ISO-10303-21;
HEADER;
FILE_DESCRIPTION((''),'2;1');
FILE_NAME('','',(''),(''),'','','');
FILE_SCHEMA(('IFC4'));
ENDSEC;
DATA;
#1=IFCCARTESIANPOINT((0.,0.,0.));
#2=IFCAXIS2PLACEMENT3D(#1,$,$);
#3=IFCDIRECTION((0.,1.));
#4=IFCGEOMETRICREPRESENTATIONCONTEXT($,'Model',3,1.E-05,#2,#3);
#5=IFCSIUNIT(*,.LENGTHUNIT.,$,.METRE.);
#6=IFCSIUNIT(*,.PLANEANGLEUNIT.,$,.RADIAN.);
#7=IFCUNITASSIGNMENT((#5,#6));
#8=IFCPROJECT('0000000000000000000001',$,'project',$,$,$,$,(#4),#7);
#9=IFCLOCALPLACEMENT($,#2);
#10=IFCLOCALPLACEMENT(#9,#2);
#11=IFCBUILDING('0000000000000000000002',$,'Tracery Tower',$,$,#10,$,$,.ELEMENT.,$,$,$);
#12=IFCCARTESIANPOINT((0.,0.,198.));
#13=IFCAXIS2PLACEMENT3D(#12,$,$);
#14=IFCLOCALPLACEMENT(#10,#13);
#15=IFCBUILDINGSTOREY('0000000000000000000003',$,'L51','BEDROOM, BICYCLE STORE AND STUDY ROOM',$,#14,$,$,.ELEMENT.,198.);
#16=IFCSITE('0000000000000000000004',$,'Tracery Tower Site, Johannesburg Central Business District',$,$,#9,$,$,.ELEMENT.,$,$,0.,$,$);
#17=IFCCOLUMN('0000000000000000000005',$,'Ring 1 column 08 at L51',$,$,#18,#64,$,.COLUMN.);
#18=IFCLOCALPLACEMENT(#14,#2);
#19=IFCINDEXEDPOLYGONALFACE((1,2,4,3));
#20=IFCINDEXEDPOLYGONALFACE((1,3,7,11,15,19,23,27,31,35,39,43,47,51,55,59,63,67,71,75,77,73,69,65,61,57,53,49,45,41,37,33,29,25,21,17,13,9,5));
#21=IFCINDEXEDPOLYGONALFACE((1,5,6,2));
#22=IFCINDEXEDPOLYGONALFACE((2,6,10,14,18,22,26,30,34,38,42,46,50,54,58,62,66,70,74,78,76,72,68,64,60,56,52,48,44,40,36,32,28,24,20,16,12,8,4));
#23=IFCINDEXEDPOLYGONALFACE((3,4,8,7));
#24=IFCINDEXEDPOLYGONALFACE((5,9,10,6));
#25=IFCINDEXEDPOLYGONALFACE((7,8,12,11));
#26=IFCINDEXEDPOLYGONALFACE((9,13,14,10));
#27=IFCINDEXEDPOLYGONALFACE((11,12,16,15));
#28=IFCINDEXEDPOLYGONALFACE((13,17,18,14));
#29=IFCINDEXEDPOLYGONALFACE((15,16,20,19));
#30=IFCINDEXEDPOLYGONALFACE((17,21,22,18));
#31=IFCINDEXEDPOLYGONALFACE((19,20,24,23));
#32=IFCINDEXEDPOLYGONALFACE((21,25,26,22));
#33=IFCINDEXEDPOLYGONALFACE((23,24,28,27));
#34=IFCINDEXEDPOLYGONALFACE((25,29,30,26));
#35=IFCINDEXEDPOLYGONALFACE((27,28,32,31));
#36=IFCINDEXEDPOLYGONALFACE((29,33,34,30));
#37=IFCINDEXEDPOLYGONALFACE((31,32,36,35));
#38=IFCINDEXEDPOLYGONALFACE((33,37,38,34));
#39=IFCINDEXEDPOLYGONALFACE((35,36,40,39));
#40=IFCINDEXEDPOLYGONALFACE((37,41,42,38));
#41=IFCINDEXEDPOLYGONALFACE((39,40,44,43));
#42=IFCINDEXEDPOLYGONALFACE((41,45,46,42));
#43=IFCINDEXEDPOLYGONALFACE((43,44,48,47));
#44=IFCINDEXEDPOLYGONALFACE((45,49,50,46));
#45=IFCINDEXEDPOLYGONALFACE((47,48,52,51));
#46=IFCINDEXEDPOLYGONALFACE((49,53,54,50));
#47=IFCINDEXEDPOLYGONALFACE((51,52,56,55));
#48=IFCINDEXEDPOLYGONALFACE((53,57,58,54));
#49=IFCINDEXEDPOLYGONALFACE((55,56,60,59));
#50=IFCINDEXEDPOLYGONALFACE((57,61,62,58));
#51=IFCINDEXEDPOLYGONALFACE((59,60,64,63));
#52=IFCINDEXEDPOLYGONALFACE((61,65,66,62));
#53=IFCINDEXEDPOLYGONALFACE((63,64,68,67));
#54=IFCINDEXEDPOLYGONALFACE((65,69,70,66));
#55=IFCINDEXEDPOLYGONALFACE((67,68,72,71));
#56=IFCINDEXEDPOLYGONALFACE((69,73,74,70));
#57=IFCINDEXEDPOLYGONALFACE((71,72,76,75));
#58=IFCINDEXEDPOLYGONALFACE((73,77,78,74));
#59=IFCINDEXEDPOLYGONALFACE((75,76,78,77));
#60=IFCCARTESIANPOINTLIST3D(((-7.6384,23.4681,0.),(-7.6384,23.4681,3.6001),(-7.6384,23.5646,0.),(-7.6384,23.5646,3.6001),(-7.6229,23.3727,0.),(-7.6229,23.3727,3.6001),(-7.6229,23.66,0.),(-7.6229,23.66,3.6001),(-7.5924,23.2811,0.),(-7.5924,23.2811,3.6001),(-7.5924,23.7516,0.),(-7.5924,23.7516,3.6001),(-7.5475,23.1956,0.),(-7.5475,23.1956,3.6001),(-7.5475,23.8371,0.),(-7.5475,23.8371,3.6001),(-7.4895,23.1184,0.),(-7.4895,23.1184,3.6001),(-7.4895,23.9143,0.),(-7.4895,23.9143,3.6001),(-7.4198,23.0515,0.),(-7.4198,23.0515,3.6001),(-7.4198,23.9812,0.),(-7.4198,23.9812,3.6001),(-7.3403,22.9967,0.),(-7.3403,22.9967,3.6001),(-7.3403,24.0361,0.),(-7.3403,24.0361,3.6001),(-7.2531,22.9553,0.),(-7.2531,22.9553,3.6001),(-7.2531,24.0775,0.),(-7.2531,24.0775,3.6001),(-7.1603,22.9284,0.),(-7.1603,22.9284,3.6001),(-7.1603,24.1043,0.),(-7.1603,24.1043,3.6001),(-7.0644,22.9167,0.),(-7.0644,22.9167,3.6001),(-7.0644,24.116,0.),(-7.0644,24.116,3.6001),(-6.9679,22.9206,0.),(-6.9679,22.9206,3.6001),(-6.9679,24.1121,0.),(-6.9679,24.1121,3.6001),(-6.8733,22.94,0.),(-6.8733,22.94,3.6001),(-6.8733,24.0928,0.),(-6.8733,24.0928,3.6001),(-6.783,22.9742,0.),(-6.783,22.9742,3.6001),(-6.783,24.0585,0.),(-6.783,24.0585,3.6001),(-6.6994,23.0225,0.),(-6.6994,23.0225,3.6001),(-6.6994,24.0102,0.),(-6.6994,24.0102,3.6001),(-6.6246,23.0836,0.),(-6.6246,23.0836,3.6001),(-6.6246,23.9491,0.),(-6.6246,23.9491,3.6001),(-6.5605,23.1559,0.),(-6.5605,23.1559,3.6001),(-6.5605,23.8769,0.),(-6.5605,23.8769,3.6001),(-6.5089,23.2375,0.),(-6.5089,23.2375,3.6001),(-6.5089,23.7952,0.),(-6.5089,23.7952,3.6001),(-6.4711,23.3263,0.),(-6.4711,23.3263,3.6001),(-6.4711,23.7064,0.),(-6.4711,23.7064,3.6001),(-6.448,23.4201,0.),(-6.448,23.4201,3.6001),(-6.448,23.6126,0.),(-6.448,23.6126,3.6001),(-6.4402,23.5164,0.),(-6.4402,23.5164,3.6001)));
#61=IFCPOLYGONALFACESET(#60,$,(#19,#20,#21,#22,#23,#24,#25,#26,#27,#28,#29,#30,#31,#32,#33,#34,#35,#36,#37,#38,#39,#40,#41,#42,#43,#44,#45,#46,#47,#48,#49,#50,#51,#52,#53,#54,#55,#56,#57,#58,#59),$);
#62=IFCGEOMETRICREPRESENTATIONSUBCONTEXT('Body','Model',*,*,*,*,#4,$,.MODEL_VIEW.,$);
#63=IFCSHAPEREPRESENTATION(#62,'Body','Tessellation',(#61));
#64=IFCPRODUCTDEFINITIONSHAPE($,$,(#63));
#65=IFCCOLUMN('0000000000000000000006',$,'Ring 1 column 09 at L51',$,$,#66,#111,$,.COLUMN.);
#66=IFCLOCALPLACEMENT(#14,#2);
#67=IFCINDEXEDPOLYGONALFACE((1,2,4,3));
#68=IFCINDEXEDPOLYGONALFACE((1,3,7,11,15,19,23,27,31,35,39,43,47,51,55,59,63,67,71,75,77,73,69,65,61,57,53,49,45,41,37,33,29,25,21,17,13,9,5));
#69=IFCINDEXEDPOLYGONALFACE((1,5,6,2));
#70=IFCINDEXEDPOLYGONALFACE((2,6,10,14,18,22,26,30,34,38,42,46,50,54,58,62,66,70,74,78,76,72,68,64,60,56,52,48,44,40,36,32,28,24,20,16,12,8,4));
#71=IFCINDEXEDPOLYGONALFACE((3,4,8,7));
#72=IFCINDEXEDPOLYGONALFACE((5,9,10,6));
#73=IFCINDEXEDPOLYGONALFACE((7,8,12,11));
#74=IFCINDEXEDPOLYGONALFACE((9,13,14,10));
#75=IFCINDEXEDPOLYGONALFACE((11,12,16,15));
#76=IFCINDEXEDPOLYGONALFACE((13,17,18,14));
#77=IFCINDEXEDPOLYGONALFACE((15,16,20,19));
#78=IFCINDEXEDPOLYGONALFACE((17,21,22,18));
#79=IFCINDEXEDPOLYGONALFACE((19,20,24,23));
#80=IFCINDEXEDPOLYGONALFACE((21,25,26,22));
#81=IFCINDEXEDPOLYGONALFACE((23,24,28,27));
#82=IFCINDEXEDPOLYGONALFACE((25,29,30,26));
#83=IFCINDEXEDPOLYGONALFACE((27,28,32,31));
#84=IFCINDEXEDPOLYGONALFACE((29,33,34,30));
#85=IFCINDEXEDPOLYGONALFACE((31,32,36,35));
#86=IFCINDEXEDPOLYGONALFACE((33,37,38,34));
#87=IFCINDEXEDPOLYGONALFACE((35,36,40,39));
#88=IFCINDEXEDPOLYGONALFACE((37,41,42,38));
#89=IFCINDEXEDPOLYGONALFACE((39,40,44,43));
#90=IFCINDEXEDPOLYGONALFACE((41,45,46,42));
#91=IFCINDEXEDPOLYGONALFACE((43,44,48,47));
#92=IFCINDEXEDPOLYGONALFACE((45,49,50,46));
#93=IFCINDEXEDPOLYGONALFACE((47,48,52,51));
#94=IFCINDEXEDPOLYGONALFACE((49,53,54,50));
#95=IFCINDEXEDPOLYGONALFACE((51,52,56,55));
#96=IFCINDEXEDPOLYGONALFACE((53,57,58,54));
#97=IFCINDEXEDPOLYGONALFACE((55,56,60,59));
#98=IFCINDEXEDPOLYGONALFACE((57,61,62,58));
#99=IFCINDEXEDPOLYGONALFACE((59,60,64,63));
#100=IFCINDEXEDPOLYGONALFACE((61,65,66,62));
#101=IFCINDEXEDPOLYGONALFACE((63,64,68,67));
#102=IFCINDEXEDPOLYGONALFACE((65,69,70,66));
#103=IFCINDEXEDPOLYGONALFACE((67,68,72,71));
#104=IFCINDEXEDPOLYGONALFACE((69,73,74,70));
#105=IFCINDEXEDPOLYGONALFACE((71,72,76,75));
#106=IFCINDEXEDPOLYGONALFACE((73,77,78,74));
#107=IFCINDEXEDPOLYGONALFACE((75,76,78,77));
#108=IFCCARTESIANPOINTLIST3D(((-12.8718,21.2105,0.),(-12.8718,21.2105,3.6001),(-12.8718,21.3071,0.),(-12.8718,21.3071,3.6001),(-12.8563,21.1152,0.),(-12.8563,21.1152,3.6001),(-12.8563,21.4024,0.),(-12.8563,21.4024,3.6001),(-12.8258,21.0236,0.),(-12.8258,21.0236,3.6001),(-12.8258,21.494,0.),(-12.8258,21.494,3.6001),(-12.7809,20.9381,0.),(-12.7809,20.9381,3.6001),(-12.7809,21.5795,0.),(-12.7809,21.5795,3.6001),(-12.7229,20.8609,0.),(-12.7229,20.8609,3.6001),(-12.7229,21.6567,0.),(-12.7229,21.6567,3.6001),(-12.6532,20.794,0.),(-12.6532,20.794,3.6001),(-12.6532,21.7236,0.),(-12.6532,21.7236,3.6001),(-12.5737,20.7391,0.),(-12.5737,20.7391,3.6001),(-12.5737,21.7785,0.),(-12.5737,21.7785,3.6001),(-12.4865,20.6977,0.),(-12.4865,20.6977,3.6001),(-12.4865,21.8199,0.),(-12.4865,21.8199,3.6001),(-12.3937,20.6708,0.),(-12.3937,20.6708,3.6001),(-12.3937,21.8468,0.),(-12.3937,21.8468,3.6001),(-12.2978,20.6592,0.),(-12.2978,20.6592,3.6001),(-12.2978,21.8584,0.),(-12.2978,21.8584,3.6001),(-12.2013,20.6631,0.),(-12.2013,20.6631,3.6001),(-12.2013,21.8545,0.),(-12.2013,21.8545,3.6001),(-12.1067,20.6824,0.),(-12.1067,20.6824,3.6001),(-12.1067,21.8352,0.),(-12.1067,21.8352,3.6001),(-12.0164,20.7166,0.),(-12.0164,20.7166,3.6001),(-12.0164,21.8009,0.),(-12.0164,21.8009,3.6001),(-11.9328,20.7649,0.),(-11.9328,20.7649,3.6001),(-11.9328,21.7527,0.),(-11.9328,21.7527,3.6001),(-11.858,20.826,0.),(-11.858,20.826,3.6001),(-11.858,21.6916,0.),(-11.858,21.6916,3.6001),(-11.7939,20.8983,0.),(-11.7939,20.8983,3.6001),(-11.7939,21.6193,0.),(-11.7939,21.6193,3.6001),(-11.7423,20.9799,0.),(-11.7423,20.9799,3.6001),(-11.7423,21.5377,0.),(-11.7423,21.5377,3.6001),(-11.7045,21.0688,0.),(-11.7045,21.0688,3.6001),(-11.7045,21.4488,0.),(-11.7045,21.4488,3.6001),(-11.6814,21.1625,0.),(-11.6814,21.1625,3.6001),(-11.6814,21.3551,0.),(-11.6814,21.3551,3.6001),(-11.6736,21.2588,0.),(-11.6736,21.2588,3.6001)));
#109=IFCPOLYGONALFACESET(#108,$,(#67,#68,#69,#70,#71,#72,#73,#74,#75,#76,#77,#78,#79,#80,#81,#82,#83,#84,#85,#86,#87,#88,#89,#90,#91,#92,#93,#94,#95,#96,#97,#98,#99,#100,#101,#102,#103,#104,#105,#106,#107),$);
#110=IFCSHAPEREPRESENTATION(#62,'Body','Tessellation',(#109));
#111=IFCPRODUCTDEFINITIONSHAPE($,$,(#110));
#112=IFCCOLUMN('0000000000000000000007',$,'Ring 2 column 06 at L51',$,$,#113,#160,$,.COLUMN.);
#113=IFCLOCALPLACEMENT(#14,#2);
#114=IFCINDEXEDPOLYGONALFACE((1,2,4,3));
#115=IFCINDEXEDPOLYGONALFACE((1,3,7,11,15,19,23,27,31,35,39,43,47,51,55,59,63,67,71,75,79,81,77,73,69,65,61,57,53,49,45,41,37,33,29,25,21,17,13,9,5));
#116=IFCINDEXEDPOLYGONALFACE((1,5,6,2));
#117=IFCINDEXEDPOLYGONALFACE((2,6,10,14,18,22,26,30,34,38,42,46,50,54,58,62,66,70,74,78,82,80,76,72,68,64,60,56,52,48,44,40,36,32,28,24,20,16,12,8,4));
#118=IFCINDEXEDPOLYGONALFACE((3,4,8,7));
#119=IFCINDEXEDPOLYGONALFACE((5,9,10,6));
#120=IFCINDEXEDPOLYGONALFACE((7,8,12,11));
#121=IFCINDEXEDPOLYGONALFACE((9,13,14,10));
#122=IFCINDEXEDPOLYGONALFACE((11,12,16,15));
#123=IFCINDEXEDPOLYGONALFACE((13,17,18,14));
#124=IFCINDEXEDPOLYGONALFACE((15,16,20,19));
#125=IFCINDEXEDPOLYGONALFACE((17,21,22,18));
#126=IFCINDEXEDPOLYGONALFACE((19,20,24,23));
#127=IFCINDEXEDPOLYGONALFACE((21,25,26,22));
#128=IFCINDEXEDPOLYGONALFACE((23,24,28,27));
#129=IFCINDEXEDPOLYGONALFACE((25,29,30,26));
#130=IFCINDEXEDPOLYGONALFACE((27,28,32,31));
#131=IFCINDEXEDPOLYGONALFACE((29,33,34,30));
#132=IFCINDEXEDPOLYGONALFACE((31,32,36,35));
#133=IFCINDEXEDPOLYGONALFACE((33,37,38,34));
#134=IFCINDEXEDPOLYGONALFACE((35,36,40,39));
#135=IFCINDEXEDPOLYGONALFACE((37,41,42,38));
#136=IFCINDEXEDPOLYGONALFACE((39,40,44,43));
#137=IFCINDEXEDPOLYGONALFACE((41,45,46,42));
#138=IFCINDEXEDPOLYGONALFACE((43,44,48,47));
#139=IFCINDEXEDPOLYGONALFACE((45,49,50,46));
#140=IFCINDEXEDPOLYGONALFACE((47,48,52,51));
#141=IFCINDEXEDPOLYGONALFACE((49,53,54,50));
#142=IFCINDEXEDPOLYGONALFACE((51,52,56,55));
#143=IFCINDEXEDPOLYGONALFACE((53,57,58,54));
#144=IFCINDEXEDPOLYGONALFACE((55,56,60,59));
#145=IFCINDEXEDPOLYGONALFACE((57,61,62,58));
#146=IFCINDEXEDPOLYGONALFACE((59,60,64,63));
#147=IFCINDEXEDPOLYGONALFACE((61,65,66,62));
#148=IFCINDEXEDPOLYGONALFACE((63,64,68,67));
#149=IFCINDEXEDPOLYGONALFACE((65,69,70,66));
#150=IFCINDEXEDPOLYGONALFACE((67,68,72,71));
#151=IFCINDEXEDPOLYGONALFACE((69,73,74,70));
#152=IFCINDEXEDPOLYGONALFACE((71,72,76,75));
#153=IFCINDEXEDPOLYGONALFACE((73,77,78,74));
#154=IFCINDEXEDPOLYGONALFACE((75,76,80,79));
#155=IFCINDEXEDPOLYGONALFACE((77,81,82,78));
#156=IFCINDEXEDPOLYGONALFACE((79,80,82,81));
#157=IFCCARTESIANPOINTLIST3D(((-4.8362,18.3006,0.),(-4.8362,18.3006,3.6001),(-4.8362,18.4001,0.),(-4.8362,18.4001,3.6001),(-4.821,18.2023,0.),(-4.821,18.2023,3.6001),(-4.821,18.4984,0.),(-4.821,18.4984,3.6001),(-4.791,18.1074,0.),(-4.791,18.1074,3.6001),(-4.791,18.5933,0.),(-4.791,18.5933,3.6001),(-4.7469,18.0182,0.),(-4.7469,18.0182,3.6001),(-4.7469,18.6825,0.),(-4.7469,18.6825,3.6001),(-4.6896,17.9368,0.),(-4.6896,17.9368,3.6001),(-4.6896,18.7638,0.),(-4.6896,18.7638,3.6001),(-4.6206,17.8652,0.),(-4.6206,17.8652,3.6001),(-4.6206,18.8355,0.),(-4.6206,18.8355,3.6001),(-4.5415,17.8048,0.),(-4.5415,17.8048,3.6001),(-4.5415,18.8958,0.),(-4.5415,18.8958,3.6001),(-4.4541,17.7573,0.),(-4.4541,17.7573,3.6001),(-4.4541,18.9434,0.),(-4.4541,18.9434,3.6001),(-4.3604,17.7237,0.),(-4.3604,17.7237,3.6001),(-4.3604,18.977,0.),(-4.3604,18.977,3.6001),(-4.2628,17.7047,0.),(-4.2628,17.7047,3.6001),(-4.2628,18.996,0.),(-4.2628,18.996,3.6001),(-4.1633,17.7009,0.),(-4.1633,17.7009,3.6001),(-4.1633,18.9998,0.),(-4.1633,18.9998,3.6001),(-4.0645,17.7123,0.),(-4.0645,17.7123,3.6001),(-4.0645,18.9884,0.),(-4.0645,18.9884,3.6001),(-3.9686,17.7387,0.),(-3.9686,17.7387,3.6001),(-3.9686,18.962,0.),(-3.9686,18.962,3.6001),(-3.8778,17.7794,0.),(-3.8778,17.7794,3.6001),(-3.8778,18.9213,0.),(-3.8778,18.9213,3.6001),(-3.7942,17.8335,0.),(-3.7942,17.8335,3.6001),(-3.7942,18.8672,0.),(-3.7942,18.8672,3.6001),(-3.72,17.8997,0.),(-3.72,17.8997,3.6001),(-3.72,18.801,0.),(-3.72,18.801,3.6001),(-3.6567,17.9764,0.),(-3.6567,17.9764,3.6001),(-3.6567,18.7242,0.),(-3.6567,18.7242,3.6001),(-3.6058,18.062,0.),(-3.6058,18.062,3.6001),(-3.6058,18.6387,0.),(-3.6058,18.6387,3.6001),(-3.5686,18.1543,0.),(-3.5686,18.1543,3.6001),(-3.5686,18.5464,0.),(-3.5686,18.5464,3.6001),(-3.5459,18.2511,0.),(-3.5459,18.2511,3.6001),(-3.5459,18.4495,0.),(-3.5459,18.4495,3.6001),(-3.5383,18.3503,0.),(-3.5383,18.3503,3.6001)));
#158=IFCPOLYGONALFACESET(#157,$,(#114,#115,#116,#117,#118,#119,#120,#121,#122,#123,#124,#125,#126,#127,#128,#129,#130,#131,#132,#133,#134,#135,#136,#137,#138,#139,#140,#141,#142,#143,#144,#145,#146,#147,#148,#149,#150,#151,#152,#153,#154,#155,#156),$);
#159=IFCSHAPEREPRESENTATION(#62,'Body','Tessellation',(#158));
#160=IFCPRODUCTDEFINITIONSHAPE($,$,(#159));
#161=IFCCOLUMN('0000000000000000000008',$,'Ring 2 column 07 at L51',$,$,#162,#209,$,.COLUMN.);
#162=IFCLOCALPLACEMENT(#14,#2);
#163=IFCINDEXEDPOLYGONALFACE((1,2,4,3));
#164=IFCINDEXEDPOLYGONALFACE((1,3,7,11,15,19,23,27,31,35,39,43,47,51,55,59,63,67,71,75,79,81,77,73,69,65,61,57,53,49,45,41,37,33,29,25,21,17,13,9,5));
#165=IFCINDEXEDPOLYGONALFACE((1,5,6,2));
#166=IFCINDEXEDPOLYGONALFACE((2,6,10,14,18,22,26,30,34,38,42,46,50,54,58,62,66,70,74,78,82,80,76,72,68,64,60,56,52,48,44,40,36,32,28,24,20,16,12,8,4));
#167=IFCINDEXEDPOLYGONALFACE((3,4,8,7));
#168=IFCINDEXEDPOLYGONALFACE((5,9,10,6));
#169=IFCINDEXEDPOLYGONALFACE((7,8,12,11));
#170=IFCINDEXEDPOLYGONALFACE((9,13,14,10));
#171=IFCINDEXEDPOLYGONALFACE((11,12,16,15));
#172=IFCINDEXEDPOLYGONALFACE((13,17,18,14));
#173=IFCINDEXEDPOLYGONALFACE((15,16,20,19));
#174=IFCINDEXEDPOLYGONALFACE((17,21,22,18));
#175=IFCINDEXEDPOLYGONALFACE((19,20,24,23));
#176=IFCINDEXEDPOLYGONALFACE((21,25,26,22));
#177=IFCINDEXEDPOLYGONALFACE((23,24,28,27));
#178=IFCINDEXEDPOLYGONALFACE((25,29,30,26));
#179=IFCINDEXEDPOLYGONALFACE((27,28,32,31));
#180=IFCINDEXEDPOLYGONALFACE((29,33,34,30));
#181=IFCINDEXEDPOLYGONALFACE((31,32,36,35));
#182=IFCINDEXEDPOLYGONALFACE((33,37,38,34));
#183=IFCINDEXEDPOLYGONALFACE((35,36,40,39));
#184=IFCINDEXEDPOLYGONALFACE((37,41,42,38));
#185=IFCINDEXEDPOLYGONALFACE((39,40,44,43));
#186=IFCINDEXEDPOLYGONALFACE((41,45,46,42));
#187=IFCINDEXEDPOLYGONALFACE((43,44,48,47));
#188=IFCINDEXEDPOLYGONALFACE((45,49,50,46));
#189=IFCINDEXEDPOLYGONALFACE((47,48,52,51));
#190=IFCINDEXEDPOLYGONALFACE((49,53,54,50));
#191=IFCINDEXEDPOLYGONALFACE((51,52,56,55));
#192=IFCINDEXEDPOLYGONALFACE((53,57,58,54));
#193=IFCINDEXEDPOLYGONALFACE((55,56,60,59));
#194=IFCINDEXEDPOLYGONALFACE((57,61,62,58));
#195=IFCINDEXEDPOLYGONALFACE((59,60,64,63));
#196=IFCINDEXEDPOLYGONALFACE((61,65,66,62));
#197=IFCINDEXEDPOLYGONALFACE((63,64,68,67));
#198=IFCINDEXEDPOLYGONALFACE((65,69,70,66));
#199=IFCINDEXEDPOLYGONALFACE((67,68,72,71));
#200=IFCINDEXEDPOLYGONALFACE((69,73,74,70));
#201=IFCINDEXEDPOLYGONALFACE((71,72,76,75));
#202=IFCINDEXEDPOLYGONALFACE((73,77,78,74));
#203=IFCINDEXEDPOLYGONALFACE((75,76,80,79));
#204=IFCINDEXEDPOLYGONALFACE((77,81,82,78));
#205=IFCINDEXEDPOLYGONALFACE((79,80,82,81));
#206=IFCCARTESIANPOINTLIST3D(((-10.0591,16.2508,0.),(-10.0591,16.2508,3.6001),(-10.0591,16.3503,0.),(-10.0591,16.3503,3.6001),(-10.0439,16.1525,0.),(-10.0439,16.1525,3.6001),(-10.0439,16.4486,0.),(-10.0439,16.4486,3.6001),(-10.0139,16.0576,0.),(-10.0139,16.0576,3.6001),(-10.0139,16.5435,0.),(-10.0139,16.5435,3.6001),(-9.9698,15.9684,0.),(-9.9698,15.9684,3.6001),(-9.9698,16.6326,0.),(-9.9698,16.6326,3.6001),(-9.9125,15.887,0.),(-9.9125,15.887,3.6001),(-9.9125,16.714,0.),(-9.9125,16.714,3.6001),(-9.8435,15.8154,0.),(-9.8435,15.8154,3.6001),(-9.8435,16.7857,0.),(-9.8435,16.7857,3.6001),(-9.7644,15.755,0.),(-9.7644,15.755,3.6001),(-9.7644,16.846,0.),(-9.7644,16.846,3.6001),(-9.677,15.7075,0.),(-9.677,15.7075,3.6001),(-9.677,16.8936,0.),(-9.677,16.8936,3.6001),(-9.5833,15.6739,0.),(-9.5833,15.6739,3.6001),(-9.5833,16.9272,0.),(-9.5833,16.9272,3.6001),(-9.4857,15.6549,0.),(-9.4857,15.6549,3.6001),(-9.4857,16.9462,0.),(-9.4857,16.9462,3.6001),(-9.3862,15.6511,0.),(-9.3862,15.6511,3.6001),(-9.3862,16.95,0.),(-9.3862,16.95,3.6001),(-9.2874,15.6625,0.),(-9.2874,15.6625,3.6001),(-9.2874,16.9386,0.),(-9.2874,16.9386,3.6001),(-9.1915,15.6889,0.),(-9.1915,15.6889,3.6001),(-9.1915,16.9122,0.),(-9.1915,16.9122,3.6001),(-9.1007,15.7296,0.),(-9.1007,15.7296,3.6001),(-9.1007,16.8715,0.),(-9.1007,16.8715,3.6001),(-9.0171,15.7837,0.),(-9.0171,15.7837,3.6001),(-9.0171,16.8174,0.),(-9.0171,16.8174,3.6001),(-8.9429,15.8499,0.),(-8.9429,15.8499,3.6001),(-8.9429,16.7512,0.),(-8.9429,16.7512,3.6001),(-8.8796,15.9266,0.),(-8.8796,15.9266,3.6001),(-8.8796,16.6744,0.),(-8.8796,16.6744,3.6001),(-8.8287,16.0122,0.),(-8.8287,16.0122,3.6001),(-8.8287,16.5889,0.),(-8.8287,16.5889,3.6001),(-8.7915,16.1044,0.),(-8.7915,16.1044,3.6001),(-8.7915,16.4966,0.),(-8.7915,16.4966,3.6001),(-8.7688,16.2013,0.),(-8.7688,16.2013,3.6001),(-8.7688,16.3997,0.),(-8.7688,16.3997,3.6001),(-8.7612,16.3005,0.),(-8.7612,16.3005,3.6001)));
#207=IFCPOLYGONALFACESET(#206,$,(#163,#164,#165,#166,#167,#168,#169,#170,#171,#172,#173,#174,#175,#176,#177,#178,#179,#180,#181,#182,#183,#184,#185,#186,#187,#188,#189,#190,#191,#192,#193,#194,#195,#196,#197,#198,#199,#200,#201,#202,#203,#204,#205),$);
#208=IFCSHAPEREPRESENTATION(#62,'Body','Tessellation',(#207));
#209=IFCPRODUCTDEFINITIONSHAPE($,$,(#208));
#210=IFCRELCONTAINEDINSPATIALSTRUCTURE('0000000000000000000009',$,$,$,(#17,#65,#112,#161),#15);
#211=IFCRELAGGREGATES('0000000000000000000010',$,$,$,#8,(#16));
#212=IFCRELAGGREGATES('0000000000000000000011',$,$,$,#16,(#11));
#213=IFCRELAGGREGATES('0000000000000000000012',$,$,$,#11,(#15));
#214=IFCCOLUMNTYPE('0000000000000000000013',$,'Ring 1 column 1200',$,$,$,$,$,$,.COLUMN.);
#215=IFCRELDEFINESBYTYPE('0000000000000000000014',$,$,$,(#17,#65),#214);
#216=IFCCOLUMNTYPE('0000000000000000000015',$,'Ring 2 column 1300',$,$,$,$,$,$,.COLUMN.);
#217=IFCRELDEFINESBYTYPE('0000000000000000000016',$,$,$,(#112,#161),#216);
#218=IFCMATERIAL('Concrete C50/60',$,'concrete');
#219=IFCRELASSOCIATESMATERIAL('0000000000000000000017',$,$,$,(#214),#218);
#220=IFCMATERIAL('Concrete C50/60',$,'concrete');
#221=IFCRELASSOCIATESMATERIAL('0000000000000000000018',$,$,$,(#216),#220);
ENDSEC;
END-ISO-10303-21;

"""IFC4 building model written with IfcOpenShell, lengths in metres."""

from ifc_helpers import new_model, si_unit, direction, frame, origin, origin_2d, place, context, subcontext, project, spatial, circle, extrude, material, material_profile, profile_set, type_object, element, save


model = new_model("IFC4")

# Units and contexts
model_context = context("Model", 3, precision=1e-05, world=origin(), true_north=direction((0.0, 1.0)))
body_context = subcontext(model_context, "Body", "Model", "MODEL_VIEW")
ifc_project = project(units=[si_unit("LENGTHUNIT", "METRE"), si_unit("PLANEANGLEUNIT", "RADIAN")], contexts=[model_context])

# Site, building, storey
site_placement = place(None, origin())
site = spatial("IfcSite", under=ifc_project, at=site_placement, Name="Tracery Tower Site, Johannesburg Central Business District", CompositionType="ELEMENT", RefElevation=0.0)
building_placement = place(site_placement, origin())
building = spatial("IfcBuilding", under=site, at=building_placement, Name="Tracery Tower", CompositionType="ELEMENT")
storey_placement = place(building_placement, frame((0.0, 0.0, 198.0)))
storey = spatial("IfcBuildingStorey", under=building, at=storey_placement, Name="L51", Description="BEDROOM, BICYCLE STORE AND STUDY ROOM", CompositionType="ELEMENT", Elevation=198.0)

# Columns
ifc_material_1 = material(Name="Concrete C50/60", Category="concrete")
ifc_material_profile_1 = material_profile(ifc_material_1, circle(Radius=0.6001, at=origin_2d()), Name="RC D1200")
ifc_profile_set_1 = profile_set([ifc_material_profile_1], Name="Concrete C50/60")
column_type_1 = type_object("IfcColumnType", Name="Ring 1 column 1200", PredefinedType="COLUMN", material=ifc_profile_set_1)
for number, where, z_axis, x_axis, name in (
    (1, (-7.0403, 23.5164, 0.0), (0.0, 0.0, 1.0), (1.0, 0.0, 0.0), "Ring 1 column 08 at L51"),
    (2, (-12.2737, 21.2588, 0.0), (0.0, 0.0, 1.0), (1.0, 0.0, 0.0), "Ring 1 column 09 at L51"),
):
    element("IfcColumn", number, at=place(storey_placement, frame(where, z_axis=z_axis, x_axis=x_axis)), inside=storey, type_object=column_type_1, Name=name, PredefinedType="COLUMN", context=body_context, shape_type="SweptSolid", body=[
        extrude(circle(Radius=0.6001, at=origin_2d()), origin(), (0.0, 0.0, 1.0), 3.6001),
    ])
ifc_material_2 = material(Name="Concrete C50/60", Category="concrete")
ifc_material_profile_2 = material_profile(ifc_material_2, circle(Radius=0.6499, at=origin_2d()), Name="RC D1300")
ifc_profile_set_2 = profile_set([ifc_material_profile_2], Name="Concrete C50/60")
column_type_2 = type_object("IfcColumnType", Name="Ring 2 column 1300", PredefinedType="COLUMN", material=ifc_profile_set_2)
for number, where, z_axis, x_axis, name in (
    (3, (-4.1882, 18.3503, 0.0), (0.0, 0.0, 1.0), (1.0, 0.0, 0.0), "Ring 2 column 06 at L51"),
    (4, (-9.4111, 16.3005, 0.0), (0.0, 0.0, 1.0), (1.0, 0.0, 0.0), "Ring 2 column 07 at L51"),
):
    element("IfcColumn", number, at=place(storey_placement, frame(where, z_axis=z_axis, x_axis=x_axis)), inside=storey, type_object=column_type_2, Name=name, PredefinedType="COLUMN", context=body_context, shape_type="SweptSolid", body=[
        extrude(circle(Radius=0.6499, at=origin_2d()), origin(), (0.0, 0.0, 1.0), 3.6001),
    ])

save(model, "model.ifc")
